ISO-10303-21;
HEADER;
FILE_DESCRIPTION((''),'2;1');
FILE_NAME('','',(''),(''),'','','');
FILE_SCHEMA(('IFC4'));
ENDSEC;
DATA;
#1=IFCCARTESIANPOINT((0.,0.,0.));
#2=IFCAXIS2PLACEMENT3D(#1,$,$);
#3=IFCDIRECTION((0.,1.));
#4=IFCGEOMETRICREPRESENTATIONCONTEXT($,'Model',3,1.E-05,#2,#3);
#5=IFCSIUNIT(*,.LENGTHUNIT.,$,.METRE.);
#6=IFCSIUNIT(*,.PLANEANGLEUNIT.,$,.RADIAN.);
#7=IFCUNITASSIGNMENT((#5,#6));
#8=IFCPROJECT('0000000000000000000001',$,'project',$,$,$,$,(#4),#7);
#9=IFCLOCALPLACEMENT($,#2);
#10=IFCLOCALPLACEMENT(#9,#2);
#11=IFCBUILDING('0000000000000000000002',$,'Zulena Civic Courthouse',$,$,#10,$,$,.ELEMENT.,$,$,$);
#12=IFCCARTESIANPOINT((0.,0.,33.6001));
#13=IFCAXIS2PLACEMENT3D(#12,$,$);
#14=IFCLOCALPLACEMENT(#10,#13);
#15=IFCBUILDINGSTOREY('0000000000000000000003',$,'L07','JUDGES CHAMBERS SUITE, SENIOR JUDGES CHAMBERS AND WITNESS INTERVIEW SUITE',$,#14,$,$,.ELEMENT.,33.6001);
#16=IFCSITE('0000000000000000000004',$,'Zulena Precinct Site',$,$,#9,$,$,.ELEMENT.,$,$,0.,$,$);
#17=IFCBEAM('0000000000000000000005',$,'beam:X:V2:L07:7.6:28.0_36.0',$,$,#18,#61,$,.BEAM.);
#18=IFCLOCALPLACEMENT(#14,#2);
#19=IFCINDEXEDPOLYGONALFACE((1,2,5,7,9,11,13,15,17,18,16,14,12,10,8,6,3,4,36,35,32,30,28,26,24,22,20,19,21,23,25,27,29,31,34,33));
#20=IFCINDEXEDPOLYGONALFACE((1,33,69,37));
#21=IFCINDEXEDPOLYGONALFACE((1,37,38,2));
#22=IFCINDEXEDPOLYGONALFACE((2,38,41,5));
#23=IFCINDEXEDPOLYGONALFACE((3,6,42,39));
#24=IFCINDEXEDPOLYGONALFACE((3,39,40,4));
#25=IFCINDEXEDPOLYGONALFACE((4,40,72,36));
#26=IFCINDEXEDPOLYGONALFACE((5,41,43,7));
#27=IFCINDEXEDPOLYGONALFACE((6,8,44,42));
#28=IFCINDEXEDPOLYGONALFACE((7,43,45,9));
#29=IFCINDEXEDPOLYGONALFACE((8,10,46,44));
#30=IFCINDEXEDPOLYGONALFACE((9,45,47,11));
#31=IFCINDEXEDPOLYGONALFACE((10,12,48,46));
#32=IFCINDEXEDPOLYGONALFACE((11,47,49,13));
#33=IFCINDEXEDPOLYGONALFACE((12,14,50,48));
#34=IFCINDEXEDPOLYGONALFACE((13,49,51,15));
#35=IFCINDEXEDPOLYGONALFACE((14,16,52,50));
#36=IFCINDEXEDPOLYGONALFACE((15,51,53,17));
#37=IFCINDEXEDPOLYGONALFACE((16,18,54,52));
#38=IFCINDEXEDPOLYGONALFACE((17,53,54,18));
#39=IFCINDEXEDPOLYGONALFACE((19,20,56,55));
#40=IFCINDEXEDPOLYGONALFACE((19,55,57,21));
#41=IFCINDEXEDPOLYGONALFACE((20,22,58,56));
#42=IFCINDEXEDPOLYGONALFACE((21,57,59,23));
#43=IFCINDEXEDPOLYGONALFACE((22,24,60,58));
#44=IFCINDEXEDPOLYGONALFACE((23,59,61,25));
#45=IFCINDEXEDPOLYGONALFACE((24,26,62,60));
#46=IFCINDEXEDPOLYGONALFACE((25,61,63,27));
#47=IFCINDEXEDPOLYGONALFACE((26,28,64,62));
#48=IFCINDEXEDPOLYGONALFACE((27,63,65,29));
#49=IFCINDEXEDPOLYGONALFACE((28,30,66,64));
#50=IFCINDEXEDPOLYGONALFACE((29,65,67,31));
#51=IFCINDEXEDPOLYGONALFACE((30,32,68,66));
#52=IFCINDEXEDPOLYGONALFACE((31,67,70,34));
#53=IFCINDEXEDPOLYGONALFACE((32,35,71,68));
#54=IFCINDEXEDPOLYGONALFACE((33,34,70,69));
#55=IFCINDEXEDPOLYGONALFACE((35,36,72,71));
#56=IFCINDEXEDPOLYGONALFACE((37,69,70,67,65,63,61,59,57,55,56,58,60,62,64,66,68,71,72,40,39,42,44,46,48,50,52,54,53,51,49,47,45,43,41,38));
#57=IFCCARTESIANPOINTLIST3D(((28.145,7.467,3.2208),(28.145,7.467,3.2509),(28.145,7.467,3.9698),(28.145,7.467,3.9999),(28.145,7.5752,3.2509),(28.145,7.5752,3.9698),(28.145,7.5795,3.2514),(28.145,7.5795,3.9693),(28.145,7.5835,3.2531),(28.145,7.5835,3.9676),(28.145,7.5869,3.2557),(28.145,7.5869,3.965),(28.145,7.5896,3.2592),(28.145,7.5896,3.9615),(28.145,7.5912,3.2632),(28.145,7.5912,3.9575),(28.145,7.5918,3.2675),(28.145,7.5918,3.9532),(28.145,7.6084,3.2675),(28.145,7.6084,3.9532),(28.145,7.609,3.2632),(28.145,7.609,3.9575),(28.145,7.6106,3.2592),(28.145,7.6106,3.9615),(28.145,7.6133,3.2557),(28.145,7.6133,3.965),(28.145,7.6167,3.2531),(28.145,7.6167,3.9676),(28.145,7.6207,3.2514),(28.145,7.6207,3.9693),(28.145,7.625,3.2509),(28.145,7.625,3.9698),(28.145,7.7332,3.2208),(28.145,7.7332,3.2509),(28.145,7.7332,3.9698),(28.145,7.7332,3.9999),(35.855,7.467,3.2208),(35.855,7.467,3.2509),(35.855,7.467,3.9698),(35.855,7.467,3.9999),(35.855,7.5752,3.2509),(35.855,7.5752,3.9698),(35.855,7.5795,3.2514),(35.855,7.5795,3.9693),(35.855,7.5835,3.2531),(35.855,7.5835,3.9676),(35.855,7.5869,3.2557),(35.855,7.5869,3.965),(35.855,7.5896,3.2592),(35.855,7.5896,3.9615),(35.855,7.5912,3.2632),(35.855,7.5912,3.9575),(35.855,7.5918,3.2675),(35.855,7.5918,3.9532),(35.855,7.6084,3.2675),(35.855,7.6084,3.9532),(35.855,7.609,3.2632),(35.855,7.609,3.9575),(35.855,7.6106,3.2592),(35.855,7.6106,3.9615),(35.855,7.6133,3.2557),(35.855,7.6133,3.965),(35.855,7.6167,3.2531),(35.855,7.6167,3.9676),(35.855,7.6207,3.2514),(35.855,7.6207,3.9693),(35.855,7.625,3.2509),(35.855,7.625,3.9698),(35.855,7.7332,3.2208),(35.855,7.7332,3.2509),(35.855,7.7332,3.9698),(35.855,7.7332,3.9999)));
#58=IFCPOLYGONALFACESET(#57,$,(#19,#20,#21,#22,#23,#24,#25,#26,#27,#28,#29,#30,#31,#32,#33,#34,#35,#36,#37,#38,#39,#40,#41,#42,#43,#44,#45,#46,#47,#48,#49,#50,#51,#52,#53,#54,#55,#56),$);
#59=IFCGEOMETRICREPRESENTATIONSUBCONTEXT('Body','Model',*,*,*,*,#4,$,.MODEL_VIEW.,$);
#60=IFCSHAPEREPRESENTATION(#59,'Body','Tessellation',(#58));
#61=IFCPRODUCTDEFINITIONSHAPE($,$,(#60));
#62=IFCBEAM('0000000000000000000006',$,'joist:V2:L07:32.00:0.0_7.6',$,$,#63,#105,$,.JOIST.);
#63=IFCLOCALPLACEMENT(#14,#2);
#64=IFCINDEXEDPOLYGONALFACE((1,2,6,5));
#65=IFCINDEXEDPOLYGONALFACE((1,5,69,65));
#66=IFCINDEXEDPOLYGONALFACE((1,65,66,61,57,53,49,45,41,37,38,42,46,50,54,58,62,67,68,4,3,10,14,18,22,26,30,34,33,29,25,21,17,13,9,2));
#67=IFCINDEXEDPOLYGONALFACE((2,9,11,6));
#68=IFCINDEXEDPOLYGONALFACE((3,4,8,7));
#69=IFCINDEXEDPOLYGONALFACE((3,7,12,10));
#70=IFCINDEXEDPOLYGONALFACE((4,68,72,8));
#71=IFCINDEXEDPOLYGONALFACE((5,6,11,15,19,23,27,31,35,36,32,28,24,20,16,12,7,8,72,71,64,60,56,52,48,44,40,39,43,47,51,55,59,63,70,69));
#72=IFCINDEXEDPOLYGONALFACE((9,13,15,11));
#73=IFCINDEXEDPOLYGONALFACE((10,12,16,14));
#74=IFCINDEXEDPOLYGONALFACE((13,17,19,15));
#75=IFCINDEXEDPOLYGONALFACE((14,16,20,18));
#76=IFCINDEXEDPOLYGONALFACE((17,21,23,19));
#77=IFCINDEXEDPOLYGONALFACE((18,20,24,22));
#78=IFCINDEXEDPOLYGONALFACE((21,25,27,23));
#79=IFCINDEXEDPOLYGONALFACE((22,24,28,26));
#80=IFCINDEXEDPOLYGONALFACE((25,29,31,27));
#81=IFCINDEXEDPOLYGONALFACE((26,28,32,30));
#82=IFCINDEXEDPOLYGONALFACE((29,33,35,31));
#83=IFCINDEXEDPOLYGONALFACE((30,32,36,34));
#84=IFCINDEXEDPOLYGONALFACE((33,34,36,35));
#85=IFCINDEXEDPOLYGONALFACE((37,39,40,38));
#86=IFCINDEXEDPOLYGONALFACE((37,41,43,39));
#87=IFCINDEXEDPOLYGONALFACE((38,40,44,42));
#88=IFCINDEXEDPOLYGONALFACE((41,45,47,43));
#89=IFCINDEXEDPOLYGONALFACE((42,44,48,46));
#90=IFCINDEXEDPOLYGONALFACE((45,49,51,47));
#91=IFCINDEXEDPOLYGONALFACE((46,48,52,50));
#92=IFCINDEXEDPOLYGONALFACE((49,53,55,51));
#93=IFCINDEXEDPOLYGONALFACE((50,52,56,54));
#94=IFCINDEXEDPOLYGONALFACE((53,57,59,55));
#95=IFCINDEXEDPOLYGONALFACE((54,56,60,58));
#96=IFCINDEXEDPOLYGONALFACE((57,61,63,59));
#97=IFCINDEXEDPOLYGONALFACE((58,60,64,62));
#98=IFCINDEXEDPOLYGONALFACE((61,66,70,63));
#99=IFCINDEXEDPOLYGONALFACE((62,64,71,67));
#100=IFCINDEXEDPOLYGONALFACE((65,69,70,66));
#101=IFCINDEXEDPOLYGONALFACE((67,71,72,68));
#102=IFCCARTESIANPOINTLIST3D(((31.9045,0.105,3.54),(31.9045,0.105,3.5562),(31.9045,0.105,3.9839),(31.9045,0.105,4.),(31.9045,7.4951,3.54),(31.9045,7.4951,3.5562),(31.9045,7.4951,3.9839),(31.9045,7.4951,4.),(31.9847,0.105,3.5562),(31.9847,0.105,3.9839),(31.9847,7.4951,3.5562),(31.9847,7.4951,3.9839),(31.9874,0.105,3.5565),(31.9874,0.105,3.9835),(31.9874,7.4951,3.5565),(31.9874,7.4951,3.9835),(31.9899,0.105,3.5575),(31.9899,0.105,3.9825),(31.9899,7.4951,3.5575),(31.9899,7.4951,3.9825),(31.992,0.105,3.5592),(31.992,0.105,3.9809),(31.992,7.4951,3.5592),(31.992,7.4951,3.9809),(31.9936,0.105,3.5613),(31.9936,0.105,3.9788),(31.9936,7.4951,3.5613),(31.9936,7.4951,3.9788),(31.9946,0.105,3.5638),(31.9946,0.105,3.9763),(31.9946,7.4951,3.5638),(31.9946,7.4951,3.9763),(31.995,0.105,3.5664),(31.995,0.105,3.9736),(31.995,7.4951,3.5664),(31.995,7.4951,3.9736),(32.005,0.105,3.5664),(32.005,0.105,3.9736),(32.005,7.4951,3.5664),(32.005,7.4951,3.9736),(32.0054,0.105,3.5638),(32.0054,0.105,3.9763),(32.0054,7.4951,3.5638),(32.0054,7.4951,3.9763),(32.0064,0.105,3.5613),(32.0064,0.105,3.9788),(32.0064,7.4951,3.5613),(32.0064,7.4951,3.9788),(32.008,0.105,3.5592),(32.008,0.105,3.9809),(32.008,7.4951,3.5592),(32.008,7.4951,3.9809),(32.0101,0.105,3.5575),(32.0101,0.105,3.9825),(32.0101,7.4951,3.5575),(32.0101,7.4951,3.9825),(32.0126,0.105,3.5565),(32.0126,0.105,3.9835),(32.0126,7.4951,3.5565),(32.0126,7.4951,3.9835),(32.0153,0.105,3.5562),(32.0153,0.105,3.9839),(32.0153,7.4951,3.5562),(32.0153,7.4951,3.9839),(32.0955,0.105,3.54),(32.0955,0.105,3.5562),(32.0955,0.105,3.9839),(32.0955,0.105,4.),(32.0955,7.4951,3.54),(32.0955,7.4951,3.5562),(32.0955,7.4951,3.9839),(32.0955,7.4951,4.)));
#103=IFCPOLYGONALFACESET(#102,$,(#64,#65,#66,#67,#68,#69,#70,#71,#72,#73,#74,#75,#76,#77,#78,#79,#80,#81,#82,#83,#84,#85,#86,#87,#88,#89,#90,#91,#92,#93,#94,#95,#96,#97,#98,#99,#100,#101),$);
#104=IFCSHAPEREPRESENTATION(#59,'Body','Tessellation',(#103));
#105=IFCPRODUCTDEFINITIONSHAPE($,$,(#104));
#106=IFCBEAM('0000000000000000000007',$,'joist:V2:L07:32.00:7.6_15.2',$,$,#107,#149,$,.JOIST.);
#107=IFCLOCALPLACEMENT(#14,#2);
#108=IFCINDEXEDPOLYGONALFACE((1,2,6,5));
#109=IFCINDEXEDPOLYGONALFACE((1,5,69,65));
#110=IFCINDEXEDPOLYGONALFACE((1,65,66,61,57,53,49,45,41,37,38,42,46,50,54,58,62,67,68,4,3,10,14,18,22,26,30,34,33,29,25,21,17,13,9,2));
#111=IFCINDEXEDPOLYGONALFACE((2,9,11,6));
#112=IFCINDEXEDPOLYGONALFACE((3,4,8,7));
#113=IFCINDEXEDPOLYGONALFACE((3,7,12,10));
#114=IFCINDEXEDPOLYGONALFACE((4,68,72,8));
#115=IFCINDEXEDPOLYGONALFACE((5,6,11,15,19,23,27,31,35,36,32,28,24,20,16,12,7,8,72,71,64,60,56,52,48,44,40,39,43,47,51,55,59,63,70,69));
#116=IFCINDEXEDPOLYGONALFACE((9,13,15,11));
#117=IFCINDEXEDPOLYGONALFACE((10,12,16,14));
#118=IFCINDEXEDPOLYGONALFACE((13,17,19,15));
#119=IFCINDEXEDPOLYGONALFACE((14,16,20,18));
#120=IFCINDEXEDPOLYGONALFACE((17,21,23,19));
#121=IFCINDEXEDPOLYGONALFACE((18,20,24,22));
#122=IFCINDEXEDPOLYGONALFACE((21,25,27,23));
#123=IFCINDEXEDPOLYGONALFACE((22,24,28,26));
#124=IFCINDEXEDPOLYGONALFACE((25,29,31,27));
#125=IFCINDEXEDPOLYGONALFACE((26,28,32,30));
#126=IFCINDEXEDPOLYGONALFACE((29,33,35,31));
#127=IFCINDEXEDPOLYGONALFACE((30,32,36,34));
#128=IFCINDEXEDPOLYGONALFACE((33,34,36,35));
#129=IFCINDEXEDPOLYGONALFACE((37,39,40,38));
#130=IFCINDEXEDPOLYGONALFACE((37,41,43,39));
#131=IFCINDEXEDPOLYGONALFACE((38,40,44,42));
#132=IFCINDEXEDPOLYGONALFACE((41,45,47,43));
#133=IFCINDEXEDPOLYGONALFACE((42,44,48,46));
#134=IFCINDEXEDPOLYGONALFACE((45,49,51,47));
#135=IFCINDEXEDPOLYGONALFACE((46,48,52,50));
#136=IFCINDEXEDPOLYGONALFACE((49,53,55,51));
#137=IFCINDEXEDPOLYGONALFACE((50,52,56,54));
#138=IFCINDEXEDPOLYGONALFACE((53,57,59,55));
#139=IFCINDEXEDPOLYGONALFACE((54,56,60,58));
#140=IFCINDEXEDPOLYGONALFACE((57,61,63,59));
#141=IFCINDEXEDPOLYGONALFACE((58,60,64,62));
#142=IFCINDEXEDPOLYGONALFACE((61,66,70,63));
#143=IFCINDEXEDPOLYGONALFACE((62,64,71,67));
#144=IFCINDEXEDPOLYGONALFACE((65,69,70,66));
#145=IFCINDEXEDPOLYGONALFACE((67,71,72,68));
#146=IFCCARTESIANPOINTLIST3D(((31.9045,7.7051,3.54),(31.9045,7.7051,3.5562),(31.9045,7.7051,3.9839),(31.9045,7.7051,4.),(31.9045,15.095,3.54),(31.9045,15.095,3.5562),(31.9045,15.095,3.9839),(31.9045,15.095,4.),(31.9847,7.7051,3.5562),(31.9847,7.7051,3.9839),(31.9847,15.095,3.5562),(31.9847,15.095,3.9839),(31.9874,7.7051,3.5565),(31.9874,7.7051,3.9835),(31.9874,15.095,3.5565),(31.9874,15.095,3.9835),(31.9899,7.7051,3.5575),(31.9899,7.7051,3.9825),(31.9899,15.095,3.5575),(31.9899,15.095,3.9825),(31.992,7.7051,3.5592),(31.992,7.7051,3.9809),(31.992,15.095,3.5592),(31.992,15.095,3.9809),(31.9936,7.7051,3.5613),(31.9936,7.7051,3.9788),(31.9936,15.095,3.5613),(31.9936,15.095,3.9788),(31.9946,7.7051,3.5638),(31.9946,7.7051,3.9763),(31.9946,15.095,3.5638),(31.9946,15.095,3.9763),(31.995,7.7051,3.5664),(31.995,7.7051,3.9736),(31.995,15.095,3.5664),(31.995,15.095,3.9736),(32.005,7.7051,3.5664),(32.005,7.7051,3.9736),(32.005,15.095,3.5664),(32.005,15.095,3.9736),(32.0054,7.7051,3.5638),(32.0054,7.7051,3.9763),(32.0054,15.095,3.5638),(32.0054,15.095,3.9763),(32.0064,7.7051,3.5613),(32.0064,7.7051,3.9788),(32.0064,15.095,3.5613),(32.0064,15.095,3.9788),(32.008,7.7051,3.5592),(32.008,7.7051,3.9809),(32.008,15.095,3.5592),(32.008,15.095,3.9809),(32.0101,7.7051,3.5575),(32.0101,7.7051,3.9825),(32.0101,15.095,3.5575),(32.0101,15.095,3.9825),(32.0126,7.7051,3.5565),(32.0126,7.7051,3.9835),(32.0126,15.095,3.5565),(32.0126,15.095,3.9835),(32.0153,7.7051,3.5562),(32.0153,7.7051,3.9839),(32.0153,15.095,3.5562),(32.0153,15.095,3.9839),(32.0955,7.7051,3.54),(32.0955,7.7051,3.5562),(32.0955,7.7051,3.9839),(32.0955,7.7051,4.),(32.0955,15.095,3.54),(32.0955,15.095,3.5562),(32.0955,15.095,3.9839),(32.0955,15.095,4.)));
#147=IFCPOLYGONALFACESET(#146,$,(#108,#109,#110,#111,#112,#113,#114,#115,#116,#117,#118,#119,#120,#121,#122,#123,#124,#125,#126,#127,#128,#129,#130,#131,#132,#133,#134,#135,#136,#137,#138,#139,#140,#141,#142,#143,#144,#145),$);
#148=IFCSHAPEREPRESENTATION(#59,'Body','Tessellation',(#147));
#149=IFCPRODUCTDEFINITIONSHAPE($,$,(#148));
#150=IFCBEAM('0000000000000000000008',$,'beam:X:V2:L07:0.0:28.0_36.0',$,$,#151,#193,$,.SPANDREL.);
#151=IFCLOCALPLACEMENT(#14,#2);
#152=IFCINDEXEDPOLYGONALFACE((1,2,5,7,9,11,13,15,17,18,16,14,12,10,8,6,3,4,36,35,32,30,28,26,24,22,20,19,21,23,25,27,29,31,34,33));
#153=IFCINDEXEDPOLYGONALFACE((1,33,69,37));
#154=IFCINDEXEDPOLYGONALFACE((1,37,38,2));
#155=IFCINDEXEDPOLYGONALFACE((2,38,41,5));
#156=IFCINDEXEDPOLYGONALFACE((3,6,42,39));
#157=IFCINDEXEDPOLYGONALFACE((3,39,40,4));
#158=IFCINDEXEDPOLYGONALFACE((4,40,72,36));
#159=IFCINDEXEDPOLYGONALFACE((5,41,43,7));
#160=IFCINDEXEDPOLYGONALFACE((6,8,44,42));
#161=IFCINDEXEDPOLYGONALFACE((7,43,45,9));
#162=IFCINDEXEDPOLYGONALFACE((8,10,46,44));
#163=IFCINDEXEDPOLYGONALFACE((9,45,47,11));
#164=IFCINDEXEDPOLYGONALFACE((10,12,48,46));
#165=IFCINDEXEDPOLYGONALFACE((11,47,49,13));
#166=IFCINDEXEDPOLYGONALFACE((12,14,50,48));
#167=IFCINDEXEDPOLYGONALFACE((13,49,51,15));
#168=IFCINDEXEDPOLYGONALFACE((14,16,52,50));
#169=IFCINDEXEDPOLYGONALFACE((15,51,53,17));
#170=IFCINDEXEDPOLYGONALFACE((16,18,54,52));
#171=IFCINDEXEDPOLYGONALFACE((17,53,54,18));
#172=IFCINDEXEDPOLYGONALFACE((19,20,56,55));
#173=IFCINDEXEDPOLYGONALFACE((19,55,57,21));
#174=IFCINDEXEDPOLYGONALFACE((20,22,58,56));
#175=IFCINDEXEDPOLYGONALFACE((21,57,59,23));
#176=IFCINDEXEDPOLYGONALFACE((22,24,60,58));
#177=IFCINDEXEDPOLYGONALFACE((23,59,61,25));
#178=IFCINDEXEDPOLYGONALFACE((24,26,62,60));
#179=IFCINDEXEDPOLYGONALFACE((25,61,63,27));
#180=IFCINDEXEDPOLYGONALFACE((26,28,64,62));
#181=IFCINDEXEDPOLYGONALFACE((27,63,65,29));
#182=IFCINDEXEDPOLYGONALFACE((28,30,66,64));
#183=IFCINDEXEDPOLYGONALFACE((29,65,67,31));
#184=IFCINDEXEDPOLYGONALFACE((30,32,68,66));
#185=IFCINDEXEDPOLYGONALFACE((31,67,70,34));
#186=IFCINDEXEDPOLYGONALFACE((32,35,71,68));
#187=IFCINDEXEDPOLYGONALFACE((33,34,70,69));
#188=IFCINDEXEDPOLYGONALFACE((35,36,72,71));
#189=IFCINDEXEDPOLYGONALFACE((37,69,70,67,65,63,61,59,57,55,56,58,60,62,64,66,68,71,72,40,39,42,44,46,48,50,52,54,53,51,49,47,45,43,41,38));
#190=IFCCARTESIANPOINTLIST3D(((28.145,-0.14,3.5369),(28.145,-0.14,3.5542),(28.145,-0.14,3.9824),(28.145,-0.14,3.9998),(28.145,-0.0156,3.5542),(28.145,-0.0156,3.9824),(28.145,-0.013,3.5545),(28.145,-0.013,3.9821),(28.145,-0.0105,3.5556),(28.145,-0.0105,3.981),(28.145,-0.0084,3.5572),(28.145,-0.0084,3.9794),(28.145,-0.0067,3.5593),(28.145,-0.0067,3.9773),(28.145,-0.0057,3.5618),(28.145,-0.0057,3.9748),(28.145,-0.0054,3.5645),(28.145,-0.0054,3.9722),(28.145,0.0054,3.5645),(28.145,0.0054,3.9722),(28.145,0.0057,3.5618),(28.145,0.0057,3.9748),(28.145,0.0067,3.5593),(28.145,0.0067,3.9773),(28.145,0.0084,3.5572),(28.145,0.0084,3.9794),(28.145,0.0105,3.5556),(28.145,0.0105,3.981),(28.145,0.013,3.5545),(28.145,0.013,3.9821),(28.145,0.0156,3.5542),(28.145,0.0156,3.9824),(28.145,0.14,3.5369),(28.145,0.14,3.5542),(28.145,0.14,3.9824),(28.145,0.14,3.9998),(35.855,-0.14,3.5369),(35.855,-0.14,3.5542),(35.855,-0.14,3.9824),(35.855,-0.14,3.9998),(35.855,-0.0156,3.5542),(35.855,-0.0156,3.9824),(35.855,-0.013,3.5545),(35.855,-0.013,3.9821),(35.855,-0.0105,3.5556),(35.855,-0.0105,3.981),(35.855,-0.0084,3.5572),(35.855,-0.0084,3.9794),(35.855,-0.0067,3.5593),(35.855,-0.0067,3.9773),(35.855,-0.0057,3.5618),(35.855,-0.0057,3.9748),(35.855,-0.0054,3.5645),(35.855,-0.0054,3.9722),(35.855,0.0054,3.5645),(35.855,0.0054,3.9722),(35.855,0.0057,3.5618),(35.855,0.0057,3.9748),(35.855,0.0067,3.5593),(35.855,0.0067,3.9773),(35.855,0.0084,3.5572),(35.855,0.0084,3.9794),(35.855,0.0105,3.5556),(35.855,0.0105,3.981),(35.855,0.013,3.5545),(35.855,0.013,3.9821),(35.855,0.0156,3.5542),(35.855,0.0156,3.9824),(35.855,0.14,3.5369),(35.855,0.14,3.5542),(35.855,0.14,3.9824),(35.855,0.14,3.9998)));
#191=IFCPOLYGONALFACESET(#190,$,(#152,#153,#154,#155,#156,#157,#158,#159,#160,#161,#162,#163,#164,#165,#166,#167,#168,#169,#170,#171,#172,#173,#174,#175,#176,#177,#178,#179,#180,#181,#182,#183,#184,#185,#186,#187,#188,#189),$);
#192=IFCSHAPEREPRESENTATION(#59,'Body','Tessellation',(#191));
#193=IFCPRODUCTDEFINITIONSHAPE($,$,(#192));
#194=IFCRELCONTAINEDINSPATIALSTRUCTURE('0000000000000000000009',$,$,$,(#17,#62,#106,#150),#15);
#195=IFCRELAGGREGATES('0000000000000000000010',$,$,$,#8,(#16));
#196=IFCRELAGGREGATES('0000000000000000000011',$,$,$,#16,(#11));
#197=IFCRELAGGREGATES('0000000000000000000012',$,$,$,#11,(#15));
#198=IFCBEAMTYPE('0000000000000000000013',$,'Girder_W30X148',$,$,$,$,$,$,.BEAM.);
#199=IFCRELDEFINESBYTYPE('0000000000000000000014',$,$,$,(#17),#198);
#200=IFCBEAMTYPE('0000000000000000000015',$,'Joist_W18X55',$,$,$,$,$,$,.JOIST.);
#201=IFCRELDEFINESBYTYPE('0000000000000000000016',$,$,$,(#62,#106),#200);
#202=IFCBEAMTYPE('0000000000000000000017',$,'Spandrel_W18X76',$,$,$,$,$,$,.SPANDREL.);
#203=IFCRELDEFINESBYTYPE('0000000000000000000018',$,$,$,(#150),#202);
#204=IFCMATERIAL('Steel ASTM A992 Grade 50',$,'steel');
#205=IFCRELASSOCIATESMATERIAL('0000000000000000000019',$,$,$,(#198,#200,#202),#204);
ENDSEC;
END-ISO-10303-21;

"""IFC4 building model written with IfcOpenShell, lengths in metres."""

from ifc_helpers import new_model, si_unit, direction, frame, origin, origin_2d, place, context, subcontext, project, spatial, i_section, extrude, material, material_profile, profile_set, type_object, element, save


model = new_model("IFC4")

# Units and contexts
model_context = context("Model", 3, precision=1e-05, world=origin(), true_north=direction((0.0, 1.0)))
body_context = subcontext(model_context, "Body", "Model", "MODEL_VIEW")
ifc_project = project(units=[si_unit("LENGTHUNIT", "METRE"), si_unit("PLANEANGLEUNIT", "RADIAN")], contexts=[model_context])

# Site, building, storey
site_placement = place(None, origin())
site = spatial("IfcSite", under=ifc_project, at=site_placement, Name="Zulena Precinct Site", CompositionType="ELEMENT", RefElevation=0.0)
building_placement = place(site_placement, origin())
building = spatial("IfcBuilding", under=site, at=building_placement, Name="Zulena Civic Courthouse", CompositionType="ELEMENT")
storey_placement = place(building_placement, frame((0.0, 0.0, 33.6001)))
storey = spatial("IfcBuildingStorey", under=building, at=storey_placement, Name="L07", Description="JUDGES CHAMBERS SUITE, SENIOR JUDGES CHAMBERS AND WITNESS INTERVIEW SUITE", CompositionType="ELEMENT", Elevation=33.6001)

# Shared definitions
ifc_material_1 = material(Name="Steel ASTM A992 Grade 50", Category="steel")

# Beams
ifc_material_profile_1 = material_profile(ifc_material_1, i_section(OverallWidth=0.2661, OverallDepth=0.7791, WebThickness=0.0166, FlangeThickness=0.03, FilletRadius=0.0166, at=origin_2d()), Name="W30X148")
ifc_profile_set_1 = profile_set([ifc_material_profile_1], Name="Steel ASTM A992 Grade 50")
beam_type_1 = type_object("IfcBeamType", Name="Girder_W30X148", PredefinedType="BEAM", material=ifc_profile_set_1)
beam_1_placement = place(storey_placement, frame((28.145, 7.6001, 3.6104), z_axis=(1.0, 0.0, 0.0), x_axis=(0.0, 1.0, 0.0)))
element("IfcBeam", 1, at=beam_1_placement, inside=storey, type_object=beam_type_1, Name="beam:X:V2:L07:7.6:28.0_36.0", PredefinedType="BEAM", context=body_context, shape_type="SweptSolid", body=[
    extrude(i_section(OverallWidth=0.2661, OverallDepth=0.7791, WebThickness=0.0166, FlangeThickness=0.03, FilletRadius=0.0166, at=origin_2d()), origin(), (0.0, 0.0, 1.0), 7.71),
])
ifc_material_profile_2 = material_profile(ifc_material_1, i_section(OverallWidth=0.1909, OverallDepth=0.46, WebThickness=0.01, FlangeThickness=0.0161, FilletRadius=0.0103, at=origin_2d()), Name="W18X55")
ifc_profile_set_2 = profile_set([ifc_material_profile_2], Name="Steel ASTM A992 Grade 50")
beam_type_2 = type_object("IfcBeamType", Name="Joist_W18X55", PredefinedType="JOIST", material=ifc_profile_set_2)
beam_2_placement = place(storey_placement, frame((32.0, 0.105, 3.77), z_axis=(0.0, 1.0, 0.0), x_axis=(-1.0, 0.0, 0.0)))
element("IfcBeam", 2, at=beam_2_placement, inside=storey, type_object=beam_type_2, Name="joist:V2:L07:32.00:0.0_7.6", PredefinedType="JOIST", context=body_context, shape_type="SweptSolid", body=[
    extrude(i_section(OverallWidth=0.1909, OverallDepth=0.46, WebThickness=0.01, FlangeThickness=0.0161, FilletRadius=0.0103, at=origin_2d()), origin(), (0.0, 0.0, 1.0), 7.3901),
])
beam_3_placement = place(storey_placement, frame((32.0, 7.7051, 3.77), z_axis=(0.0, 1.0, 0.0), x_axis=(-1.0, 0.0, 0.0)))
element("IfcBeam", 3, at=beam_3_placement, inside=storey, type_object=beam_type_2, Name="joist:V2:L07:32.00:7.6_15.2", PredefinedType="JOIST", context=body_context, shape_type="SweptSolid", body=[
    extrude(i_section(OverallWidth=0.1909, OverallDepth=0.46, WebThickness=0.01, FlangeThickness=0.0161, FilletRadius=0.0103, at=origin_2d()), origin(), (0.0, 0.0, 1.0), 7.3899),
])
ifc_material_profile_3 = material_profile(ifc_material_1, i_section(OverallWidth=0.28, OverallDepth=0.4629, WebThickness=0.0107, FlangeThickness=0.0173, FilletRadius=0.0103, at=origin_2d()), Name="W18X76")
ifc_profile_set_3 = profile_set([ifc_material_profile_3], Name="Steel ASTM A992 Grade 50")
beam_type_3 = type_object("IfcBeamType", Name="Spandrel_W18X76", PredefinedType="SPANDREL", material=ifc_profile_set_3)
beam_4_placement = place(storey_placement, frame((28.145, 0.0, 3.7683), z_axis=(1.0, 0.0, 0.0), x_axis=(0.0, 1.0, 0.0)))
element("IfcBeam", 4, at=beam_4_placement, inside=storey, type_object=beam_type_3, Name="beam:X:V2:L07:0.0:28.0_36.0", PredefinedType="SPANDREL", context=body_context, shape_type="SweptSolid", body=[
    extrude(i_section(OverallWidth=0.28, OverallDepth=0.4629, WebThickness=0.0107, FlangeThickness=0.0173, FilletRadius=0.0103, at=origin_2d()), origin(), (0.0, 0.0, 1.0), 7.71),
])

save(model, "model.ifc")
